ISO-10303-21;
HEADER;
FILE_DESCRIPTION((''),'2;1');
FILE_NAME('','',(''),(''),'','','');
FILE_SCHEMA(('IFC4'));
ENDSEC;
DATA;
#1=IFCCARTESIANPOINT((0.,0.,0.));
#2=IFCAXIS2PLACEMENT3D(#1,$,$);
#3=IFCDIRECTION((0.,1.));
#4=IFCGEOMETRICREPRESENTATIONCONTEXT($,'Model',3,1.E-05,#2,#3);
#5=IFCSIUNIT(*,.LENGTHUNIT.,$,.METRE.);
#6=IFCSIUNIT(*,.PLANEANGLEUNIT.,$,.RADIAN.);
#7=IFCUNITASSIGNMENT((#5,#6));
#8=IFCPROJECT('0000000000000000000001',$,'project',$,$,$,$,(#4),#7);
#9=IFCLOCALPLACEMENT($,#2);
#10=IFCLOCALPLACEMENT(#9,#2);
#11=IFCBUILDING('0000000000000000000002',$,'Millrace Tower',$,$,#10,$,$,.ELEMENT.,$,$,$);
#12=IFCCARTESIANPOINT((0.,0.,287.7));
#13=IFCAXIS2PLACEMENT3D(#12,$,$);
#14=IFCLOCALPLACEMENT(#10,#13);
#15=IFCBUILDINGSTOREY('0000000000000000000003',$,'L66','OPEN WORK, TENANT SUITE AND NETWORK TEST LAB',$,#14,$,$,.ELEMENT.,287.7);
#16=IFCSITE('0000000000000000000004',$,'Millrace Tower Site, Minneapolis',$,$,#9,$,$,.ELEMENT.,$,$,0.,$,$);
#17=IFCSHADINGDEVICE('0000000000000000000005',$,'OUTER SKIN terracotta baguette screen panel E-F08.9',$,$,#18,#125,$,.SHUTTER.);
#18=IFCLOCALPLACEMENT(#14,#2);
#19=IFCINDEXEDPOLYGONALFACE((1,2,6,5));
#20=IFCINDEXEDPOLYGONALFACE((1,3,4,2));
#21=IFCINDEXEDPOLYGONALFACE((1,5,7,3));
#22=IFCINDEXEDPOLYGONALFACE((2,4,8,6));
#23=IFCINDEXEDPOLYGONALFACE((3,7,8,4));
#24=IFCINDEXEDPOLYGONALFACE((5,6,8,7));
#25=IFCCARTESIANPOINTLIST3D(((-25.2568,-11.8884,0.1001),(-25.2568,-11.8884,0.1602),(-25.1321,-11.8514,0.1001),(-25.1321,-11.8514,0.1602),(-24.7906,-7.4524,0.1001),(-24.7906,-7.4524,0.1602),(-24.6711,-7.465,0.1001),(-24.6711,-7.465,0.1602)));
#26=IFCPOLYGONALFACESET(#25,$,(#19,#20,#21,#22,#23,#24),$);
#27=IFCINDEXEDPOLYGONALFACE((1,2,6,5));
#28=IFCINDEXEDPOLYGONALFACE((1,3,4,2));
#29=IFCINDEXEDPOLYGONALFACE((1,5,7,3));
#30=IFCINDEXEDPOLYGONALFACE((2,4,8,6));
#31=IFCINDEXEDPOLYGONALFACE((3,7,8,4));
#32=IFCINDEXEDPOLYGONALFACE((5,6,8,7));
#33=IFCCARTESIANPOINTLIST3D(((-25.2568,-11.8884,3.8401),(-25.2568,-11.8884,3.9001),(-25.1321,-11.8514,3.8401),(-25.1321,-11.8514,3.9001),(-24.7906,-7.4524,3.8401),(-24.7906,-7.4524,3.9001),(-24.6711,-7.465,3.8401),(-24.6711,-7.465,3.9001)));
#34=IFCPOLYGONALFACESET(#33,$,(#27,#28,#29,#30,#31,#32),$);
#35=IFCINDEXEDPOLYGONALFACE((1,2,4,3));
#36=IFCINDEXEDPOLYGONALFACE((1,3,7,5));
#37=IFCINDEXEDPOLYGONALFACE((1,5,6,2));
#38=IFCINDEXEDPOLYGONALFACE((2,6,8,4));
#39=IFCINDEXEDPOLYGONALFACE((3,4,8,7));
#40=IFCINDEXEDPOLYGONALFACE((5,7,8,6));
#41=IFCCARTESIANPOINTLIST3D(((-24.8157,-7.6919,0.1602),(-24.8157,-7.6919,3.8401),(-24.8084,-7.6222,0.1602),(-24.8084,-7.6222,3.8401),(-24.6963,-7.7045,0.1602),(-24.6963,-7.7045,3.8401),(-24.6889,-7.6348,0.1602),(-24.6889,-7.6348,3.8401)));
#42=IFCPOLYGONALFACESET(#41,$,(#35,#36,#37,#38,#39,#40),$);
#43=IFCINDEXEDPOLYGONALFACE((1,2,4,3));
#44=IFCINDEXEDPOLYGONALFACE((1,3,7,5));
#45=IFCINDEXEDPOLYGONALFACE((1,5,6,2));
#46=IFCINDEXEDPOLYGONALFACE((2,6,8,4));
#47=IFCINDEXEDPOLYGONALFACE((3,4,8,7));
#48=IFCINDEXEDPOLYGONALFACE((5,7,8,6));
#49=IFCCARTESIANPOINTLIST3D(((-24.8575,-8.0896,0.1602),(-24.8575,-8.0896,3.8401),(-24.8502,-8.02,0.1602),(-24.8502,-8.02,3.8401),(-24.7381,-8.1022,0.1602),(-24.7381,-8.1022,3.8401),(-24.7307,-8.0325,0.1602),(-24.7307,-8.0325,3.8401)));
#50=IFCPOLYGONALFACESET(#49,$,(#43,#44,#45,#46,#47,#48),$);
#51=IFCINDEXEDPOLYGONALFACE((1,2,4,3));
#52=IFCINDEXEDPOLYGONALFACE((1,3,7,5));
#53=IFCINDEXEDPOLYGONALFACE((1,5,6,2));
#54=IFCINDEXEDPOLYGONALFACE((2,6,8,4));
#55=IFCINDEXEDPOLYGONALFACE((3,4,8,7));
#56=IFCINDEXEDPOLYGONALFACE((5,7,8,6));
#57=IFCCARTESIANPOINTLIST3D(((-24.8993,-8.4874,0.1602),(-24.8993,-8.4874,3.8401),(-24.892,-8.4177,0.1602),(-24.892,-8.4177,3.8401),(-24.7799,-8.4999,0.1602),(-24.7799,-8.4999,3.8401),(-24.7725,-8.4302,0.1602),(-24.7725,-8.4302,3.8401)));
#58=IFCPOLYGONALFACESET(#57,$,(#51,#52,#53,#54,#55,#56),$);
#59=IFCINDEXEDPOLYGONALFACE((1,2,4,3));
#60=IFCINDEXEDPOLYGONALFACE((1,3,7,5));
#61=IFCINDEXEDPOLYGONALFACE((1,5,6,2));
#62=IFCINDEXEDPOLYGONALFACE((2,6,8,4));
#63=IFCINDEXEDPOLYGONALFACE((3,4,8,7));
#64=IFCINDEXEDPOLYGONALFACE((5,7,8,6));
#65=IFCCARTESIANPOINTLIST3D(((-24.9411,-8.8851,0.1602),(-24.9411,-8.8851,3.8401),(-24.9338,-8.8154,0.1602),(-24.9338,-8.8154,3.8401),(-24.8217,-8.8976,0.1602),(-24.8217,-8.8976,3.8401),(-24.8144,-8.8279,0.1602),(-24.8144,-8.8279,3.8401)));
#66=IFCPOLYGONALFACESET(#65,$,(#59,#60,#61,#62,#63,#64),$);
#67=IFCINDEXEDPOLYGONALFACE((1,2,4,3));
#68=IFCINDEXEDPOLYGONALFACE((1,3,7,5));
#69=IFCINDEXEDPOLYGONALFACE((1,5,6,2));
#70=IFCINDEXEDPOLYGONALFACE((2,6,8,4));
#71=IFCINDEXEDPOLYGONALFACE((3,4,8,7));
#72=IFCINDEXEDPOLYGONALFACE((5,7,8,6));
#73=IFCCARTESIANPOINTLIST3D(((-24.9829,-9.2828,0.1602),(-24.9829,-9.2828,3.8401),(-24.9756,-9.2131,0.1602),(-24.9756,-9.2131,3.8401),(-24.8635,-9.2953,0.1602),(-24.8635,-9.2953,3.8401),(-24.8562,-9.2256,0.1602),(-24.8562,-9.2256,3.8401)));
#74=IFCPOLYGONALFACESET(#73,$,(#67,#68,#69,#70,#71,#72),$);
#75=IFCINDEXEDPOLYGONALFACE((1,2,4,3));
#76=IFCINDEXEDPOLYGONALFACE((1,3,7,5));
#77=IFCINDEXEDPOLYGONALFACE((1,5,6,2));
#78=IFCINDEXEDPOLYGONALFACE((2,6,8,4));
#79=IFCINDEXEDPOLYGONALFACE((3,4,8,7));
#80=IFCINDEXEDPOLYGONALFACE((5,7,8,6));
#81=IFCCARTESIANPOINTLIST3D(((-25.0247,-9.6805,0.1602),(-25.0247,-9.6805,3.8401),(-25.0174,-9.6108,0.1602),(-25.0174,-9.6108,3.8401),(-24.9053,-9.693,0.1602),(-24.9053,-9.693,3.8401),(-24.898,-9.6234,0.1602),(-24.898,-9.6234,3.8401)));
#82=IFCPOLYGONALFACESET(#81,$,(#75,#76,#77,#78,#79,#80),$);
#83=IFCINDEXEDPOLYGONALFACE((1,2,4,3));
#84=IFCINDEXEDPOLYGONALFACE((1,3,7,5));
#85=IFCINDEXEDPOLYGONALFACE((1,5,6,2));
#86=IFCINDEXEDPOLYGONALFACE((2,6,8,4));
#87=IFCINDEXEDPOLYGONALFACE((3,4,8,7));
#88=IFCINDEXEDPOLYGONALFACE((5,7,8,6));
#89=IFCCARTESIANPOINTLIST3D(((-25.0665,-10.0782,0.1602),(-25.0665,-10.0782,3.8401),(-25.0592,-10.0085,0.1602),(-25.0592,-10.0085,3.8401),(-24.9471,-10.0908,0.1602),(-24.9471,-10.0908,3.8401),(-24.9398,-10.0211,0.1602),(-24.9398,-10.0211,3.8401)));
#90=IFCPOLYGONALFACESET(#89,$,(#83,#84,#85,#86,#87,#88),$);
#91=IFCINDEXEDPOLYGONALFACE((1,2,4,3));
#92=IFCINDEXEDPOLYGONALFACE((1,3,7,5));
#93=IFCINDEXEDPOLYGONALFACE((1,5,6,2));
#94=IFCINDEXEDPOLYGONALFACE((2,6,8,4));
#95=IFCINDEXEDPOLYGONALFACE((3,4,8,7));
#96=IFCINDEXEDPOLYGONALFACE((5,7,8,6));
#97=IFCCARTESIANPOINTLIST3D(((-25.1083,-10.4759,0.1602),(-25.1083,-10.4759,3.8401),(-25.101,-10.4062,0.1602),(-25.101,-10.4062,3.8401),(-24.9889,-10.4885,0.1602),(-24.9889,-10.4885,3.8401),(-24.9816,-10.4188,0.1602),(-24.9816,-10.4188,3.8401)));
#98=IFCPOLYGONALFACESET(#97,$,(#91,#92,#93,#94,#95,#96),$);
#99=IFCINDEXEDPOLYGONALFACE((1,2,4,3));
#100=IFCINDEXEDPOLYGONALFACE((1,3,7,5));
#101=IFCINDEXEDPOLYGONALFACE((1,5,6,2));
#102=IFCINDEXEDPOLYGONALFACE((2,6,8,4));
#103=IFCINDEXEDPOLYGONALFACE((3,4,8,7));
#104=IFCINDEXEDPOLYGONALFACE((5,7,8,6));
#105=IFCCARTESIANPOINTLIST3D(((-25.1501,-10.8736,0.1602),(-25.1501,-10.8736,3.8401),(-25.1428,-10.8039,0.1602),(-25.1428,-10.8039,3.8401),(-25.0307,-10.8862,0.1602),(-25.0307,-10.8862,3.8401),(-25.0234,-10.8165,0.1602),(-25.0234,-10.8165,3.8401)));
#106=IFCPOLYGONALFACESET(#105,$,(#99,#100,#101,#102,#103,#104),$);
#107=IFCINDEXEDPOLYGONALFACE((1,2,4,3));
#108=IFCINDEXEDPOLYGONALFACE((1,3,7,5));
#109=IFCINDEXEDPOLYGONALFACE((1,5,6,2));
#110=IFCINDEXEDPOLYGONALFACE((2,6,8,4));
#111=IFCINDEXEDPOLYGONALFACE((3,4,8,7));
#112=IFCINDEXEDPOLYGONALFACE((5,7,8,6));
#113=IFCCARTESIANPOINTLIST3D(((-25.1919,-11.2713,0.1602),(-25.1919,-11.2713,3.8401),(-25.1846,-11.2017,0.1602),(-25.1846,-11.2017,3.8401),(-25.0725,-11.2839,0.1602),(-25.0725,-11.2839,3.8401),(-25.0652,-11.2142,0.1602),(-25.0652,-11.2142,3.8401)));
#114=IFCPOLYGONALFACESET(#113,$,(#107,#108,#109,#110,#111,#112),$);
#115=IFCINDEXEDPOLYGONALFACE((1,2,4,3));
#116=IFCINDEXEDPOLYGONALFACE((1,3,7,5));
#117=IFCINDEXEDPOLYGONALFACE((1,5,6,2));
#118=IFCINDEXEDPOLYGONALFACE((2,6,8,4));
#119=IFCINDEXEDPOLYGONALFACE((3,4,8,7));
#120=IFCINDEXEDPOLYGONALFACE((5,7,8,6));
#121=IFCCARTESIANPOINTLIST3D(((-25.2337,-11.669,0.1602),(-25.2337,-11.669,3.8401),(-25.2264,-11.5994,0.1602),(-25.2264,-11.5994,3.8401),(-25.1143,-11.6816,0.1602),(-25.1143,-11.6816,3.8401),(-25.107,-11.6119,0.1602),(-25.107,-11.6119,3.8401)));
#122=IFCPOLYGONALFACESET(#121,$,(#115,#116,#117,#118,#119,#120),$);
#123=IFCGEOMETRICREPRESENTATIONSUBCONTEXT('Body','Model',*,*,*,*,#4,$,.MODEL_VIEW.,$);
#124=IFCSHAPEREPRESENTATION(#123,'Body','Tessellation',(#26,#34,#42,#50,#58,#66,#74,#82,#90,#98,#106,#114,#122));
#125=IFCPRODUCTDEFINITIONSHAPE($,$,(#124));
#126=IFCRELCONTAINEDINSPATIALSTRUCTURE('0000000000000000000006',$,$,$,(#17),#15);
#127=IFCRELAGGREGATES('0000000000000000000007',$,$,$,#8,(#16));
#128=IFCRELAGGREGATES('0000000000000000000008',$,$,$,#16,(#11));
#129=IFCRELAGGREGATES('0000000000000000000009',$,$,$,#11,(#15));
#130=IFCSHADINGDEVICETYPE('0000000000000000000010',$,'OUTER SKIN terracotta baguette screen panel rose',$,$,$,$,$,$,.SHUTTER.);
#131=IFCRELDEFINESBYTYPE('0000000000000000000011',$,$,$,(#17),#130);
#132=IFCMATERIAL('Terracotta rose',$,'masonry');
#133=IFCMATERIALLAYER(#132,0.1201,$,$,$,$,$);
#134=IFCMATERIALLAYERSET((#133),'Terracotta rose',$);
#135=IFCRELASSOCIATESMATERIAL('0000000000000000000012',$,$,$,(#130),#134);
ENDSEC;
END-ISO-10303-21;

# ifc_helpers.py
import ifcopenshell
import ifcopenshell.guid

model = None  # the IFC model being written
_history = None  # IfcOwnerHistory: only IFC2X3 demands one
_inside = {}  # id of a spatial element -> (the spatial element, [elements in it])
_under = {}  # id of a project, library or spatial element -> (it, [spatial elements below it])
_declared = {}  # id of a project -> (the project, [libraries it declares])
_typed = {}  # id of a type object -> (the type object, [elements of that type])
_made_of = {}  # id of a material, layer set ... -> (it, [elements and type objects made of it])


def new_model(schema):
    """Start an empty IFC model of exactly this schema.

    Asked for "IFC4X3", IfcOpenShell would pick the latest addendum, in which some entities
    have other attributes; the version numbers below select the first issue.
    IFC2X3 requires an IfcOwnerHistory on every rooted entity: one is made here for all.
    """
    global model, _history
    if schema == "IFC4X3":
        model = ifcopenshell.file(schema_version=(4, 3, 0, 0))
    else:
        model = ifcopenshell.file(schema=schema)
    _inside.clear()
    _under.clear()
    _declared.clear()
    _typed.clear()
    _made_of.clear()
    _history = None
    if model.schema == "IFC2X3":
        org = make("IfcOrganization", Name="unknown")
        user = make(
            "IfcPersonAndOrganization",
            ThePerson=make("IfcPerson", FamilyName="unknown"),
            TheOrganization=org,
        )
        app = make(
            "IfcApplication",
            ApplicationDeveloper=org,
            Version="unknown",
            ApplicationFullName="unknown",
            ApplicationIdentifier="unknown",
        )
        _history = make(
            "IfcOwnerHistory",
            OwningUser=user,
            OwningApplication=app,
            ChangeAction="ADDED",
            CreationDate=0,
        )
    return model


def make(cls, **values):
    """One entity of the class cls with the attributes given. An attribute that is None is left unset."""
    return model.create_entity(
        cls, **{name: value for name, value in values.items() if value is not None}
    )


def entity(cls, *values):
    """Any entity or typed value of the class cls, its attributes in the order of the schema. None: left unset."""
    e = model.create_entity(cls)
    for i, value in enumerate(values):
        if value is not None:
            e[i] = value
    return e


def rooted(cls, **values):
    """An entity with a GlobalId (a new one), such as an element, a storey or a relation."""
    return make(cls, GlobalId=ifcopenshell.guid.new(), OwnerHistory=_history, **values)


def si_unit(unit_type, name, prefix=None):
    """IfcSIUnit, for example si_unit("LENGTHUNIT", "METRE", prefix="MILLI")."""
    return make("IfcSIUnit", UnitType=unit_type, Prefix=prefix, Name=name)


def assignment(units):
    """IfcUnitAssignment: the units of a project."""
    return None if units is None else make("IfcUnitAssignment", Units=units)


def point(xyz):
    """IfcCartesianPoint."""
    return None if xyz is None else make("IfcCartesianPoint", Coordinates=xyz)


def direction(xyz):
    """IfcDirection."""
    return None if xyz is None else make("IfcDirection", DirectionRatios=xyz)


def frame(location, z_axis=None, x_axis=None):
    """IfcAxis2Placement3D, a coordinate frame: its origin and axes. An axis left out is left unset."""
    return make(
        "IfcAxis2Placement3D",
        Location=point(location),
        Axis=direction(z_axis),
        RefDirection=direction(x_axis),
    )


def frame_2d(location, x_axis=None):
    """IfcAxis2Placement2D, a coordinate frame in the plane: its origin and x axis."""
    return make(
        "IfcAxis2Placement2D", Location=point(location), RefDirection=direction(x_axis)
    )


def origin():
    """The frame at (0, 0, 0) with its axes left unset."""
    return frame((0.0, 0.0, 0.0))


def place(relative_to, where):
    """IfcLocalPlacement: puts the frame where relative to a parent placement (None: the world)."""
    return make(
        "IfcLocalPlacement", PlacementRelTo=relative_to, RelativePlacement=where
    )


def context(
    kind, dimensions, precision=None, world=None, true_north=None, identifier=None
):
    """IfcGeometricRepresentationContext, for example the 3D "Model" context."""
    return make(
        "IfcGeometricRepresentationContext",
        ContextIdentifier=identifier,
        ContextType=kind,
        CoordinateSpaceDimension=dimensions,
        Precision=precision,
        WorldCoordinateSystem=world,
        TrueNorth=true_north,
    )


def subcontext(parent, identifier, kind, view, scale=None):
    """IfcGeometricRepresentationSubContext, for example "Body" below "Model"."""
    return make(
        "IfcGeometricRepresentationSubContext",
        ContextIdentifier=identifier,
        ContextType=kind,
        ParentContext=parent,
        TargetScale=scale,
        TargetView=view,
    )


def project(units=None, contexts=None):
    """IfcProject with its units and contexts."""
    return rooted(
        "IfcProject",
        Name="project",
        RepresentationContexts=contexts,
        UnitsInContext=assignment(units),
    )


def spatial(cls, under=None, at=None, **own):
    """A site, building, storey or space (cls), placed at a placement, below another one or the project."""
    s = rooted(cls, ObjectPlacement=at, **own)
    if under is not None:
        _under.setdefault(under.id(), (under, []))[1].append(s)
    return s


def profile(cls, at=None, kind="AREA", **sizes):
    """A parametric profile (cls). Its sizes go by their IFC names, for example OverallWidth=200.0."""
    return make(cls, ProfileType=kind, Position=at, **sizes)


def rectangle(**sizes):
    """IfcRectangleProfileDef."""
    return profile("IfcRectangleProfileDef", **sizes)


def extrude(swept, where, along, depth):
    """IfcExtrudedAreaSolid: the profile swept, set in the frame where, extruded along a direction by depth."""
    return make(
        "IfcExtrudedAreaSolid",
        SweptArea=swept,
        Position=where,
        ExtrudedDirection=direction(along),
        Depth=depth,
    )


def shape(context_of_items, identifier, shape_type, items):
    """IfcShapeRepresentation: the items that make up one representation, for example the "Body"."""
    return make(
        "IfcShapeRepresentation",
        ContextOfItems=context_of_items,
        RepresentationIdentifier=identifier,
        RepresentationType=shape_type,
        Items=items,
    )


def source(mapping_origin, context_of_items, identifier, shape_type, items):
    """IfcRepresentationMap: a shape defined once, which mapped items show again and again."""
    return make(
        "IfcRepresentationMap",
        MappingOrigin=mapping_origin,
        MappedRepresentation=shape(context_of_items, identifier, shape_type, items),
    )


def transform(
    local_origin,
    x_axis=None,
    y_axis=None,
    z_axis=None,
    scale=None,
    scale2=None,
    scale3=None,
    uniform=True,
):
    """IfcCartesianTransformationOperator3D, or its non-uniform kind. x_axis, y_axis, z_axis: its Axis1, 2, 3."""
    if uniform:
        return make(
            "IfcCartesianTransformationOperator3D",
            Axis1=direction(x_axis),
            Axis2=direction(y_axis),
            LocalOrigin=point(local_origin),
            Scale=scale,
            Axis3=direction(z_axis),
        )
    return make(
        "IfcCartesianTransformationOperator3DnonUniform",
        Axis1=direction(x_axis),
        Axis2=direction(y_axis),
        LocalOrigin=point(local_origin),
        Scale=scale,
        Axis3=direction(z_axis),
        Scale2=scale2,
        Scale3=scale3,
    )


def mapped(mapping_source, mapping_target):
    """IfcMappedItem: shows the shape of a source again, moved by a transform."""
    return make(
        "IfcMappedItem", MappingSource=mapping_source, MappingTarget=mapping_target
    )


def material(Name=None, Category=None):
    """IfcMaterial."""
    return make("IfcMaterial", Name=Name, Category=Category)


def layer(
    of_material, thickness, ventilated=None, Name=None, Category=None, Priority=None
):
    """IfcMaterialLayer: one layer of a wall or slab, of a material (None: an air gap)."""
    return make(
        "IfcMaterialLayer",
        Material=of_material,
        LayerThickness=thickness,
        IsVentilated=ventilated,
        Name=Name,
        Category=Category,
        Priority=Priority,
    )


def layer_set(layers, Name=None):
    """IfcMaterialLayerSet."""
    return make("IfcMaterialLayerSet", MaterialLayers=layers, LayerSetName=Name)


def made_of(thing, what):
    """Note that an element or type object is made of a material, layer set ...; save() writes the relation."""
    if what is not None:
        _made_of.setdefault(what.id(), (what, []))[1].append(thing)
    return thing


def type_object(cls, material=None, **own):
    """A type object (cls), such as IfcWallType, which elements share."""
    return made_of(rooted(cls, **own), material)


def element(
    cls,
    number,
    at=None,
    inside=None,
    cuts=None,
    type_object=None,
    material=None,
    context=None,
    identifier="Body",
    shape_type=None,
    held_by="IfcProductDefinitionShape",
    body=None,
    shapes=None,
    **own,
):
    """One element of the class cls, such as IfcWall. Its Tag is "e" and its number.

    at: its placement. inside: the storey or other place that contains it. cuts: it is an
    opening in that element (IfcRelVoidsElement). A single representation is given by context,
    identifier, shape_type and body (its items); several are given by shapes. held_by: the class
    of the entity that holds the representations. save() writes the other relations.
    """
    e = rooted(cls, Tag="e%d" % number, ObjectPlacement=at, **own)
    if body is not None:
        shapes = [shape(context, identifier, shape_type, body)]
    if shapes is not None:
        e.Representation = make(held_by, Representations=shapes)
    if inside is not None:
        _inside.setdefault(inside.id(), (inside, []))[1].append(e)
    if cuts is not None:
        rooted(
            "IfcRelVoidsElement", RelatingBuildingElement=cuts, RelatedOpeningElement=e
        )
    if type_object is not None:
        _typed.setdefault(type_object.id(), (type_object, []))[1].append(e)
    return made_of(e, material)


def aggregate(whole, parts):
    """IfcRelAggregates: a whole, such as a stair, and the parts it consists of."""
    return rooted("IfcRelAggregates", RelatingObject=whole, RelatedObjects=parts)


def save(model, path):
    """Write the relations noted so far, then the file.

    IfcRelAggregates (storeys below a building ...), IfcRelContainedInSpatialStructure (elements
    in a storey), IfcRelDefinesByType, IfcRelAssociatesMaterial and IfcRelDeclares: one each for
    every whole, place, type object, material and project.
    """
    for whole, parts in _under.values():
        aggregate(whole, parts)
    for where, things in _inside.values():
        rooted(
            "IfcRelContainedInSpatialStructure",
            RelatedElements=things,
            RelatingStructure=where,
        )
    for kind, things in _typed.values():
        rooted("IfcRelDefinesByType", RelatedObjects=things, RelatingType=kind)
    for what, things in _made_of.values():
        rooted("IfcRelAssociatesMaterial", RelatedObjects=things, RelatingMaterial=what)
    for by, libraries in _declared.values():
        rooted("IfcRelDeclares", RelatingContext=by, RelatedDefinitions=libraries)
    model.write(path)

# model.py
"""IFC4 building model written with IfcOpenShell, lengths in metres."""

from ifc_helpers import new_model, entity, si_unit, direction, frame, frame_2d, origin, place, context, subcontext, project, spatial, rectangle, extrude, source, transform, mapped, material, layer, layer_set, type_object, element, save


model = new_model("IFC4")

# Units and contexts
model_context = context("Model", 3, precision=1e-05, world=origin(), true_north=direction((0.0, 1.0)))
body_context = subcontext(model_context, "Body", "Model", "MODEL_VIEW")
ifc_project = project(units=[si_unit("LENGTHUNIT", "METRE"), si_unit("PLANEANGLEUNIT", "RADIAN")], contexts=[model_context])

# Site, building, storey
site_placement = place(None, origin())
site = spatial("IfcSite", under=ifc_project, at=site_placement, Name="Millrace Tower Site, Minneapolis", CompositionType="ELEMENT", RefElevation=0.0)
building_placement = place(site_placement, origin())
building = spatial("IfcBuilding", under=site, at=building_placement, Name="Millrace Tower", CompositionType="ELEMENT")
storey_placement = place(building_placement, frame((0.0, 0.0, 287.7)))
storey = spatial("IfcBuildingStorey", under=building, at=storey_placement, Name="L66", Description="OPEN WORK, TENANT SUITE AND NETWORK TEST LAB", CompositionType="ELEMENT", Elevation=287.7)

# Shading device
ifc_material_1 = material(Name="Terracotta rose", Category="masonry")
ifc_layer_1 = layer(ifc_material_1, 0.1201)
ifc_layer_set_1 = layer_set([ifc_layer_1], Name="Terracotta rose")
shading_device_type = type_object("IfcShadingDeviceType", Name="OUTER SKIN terracotta baguette screen panel rose", PredefinedType="SHUTTER", material=ifc_layer_set_1)
cartesian_point_1 = entity("IfcCartesianPoint", [-2.2178, 0.0601])
shared_polyline_1 = entity("IfcPolyline", [cartesian_point_1, entity("IfcCartesianPoint", [2.1929, 0.0601]), entity("IfcCartesianPoint", [2.2427, -0.0601]), entity("IfcCartesianPoint", [-2.2178, -0.0601]), cartesian_point_1])
shared_shape_1 = source(origin(), body_context, "Body", "SweptSolid", [
    entity("IfcExtrudedAreaSolid", entity("IfcArbitraryClosedProfileDef", "AREA", None, shared_polyline_1), entity("IfcAxis2Placement3D", entity("IfcCartesianPoint", [0.0, 0.0, 0.0])), entity("IfcDirection", [0.0, 0.0, 1.0]), 0.0601),
    entity("IfcExtrudedAreaSolid", entity("IfcArbitraryClosedProfileDef", "AREA", None, shared_polyline_1), entity("IfcAxis2Placement3D", entity("IfcCartesianPoint", [0.0, 0.0, 3.74])), entity("IfcDirection", [0.0, 0.0, 1.0]), 0.0601),
    extrude(rectangle(XDim=0.0701, YDim=0.1201, at=frame_2d((-2.012, 0.0))), frame((0.0, 0.0, 0.0601)), (0.0, 0.0, 1.0), 3.6799),
    extrude(rectangle(XDim=0.0701, YDim=0.1201, at=frame_2d((-1.6121, 0.0))), frame((0.0, 0.0, 0.0601)), (0.0, 0.0, 1.0), 3.6799),
    extrude(rectangle(XDim=0.0701, YDim=0.1201, at=frame_2d((-1.2122, 0.0))), frame((0.0, 0.0, 0.0601)), (0.0, 0.0, 1.0), 3.6799),
    extrude(rectangle(XDim=0.0701, YDim=0.1201, at=frame_2d((-0.8123, 0.0))), frame((0.0, 0.0, 0.0601)), (0.0, 0.0, 1.0), 3.6799),
    extrude(rectangle(XDim=0.0701, YDim=0.1201, at=frame_2d((-0.4124, 0.0))), frame((0.0, 0.0, 0.0601)), (0.0, 0.0, 1.0), 3.6799),
    extrude(rectangle(XDim=0.0701, YDim=0.1201, at=frame_2d((-0.0125, 0.0))), frame((0.0, 0.0, 0.0601)), (0.0, 0.0, 1.0), 3.6799),
    extrude(rectangle(XDim=0.0701, YDim=0.1201, at=frame_2d((0.3875, 0.0))), frame((0.0, 0.0, 0.0601)), (0.0, 0.0, 1.0), 3.6799),
    extrude(rectangle(XDim=0.0701, YDim=0.1201, at=frame_2d((0.7874, 0.0))), frame((0.0, 0.0, 0.0601)), (0.0, 0.0, 1.0), 3.6799),
    extrude(rectangle(XDim=0.0701, YDim=0.1201, at=frame_2d((1.1873, 0.0))), frame((0.0, 0.0, 0.0601)), (0.0, 0.0, 1.0), 3.6799),
    extrude(rectangle(XDim=0.0701, YDim=0.1201, at=frame_2d((1.5872, 0.0))), frame((0.0, 0.0, 0.0601)), (0.0, 0.0, 1.0), 3.6799),
    extrude(rectangle(XDim=0.0701, YDim=0.1201, at=frame_2d((1.9871, 0.0))), frame((0.0, 0.0, 0.0601)), (0.0, 0.0, 1.0), 3.6799),
])
shading_device_placement = place(storey_placement, frame((-24.9626, -9.6643, 0.1001), z_axis=(0.0, 0.0, 1.0), x_axis=(-0.104528, -0.994522, 0.0)))
element("IfcShadingDevice", 1, at=shading_device_placement, inside=storey, type_object=shading_device_type, Name="OUTER SKIN terracotta baguette screen panel E-F08.9", PredefinedType="SHUTTER", context=body_context, shape_type="MappedRepresentation", body=[
    mapped(shared_shape_1, transform((0.0, 0.0, 0.0), scale=1.0)),
])

save(model, "model.ifc")
